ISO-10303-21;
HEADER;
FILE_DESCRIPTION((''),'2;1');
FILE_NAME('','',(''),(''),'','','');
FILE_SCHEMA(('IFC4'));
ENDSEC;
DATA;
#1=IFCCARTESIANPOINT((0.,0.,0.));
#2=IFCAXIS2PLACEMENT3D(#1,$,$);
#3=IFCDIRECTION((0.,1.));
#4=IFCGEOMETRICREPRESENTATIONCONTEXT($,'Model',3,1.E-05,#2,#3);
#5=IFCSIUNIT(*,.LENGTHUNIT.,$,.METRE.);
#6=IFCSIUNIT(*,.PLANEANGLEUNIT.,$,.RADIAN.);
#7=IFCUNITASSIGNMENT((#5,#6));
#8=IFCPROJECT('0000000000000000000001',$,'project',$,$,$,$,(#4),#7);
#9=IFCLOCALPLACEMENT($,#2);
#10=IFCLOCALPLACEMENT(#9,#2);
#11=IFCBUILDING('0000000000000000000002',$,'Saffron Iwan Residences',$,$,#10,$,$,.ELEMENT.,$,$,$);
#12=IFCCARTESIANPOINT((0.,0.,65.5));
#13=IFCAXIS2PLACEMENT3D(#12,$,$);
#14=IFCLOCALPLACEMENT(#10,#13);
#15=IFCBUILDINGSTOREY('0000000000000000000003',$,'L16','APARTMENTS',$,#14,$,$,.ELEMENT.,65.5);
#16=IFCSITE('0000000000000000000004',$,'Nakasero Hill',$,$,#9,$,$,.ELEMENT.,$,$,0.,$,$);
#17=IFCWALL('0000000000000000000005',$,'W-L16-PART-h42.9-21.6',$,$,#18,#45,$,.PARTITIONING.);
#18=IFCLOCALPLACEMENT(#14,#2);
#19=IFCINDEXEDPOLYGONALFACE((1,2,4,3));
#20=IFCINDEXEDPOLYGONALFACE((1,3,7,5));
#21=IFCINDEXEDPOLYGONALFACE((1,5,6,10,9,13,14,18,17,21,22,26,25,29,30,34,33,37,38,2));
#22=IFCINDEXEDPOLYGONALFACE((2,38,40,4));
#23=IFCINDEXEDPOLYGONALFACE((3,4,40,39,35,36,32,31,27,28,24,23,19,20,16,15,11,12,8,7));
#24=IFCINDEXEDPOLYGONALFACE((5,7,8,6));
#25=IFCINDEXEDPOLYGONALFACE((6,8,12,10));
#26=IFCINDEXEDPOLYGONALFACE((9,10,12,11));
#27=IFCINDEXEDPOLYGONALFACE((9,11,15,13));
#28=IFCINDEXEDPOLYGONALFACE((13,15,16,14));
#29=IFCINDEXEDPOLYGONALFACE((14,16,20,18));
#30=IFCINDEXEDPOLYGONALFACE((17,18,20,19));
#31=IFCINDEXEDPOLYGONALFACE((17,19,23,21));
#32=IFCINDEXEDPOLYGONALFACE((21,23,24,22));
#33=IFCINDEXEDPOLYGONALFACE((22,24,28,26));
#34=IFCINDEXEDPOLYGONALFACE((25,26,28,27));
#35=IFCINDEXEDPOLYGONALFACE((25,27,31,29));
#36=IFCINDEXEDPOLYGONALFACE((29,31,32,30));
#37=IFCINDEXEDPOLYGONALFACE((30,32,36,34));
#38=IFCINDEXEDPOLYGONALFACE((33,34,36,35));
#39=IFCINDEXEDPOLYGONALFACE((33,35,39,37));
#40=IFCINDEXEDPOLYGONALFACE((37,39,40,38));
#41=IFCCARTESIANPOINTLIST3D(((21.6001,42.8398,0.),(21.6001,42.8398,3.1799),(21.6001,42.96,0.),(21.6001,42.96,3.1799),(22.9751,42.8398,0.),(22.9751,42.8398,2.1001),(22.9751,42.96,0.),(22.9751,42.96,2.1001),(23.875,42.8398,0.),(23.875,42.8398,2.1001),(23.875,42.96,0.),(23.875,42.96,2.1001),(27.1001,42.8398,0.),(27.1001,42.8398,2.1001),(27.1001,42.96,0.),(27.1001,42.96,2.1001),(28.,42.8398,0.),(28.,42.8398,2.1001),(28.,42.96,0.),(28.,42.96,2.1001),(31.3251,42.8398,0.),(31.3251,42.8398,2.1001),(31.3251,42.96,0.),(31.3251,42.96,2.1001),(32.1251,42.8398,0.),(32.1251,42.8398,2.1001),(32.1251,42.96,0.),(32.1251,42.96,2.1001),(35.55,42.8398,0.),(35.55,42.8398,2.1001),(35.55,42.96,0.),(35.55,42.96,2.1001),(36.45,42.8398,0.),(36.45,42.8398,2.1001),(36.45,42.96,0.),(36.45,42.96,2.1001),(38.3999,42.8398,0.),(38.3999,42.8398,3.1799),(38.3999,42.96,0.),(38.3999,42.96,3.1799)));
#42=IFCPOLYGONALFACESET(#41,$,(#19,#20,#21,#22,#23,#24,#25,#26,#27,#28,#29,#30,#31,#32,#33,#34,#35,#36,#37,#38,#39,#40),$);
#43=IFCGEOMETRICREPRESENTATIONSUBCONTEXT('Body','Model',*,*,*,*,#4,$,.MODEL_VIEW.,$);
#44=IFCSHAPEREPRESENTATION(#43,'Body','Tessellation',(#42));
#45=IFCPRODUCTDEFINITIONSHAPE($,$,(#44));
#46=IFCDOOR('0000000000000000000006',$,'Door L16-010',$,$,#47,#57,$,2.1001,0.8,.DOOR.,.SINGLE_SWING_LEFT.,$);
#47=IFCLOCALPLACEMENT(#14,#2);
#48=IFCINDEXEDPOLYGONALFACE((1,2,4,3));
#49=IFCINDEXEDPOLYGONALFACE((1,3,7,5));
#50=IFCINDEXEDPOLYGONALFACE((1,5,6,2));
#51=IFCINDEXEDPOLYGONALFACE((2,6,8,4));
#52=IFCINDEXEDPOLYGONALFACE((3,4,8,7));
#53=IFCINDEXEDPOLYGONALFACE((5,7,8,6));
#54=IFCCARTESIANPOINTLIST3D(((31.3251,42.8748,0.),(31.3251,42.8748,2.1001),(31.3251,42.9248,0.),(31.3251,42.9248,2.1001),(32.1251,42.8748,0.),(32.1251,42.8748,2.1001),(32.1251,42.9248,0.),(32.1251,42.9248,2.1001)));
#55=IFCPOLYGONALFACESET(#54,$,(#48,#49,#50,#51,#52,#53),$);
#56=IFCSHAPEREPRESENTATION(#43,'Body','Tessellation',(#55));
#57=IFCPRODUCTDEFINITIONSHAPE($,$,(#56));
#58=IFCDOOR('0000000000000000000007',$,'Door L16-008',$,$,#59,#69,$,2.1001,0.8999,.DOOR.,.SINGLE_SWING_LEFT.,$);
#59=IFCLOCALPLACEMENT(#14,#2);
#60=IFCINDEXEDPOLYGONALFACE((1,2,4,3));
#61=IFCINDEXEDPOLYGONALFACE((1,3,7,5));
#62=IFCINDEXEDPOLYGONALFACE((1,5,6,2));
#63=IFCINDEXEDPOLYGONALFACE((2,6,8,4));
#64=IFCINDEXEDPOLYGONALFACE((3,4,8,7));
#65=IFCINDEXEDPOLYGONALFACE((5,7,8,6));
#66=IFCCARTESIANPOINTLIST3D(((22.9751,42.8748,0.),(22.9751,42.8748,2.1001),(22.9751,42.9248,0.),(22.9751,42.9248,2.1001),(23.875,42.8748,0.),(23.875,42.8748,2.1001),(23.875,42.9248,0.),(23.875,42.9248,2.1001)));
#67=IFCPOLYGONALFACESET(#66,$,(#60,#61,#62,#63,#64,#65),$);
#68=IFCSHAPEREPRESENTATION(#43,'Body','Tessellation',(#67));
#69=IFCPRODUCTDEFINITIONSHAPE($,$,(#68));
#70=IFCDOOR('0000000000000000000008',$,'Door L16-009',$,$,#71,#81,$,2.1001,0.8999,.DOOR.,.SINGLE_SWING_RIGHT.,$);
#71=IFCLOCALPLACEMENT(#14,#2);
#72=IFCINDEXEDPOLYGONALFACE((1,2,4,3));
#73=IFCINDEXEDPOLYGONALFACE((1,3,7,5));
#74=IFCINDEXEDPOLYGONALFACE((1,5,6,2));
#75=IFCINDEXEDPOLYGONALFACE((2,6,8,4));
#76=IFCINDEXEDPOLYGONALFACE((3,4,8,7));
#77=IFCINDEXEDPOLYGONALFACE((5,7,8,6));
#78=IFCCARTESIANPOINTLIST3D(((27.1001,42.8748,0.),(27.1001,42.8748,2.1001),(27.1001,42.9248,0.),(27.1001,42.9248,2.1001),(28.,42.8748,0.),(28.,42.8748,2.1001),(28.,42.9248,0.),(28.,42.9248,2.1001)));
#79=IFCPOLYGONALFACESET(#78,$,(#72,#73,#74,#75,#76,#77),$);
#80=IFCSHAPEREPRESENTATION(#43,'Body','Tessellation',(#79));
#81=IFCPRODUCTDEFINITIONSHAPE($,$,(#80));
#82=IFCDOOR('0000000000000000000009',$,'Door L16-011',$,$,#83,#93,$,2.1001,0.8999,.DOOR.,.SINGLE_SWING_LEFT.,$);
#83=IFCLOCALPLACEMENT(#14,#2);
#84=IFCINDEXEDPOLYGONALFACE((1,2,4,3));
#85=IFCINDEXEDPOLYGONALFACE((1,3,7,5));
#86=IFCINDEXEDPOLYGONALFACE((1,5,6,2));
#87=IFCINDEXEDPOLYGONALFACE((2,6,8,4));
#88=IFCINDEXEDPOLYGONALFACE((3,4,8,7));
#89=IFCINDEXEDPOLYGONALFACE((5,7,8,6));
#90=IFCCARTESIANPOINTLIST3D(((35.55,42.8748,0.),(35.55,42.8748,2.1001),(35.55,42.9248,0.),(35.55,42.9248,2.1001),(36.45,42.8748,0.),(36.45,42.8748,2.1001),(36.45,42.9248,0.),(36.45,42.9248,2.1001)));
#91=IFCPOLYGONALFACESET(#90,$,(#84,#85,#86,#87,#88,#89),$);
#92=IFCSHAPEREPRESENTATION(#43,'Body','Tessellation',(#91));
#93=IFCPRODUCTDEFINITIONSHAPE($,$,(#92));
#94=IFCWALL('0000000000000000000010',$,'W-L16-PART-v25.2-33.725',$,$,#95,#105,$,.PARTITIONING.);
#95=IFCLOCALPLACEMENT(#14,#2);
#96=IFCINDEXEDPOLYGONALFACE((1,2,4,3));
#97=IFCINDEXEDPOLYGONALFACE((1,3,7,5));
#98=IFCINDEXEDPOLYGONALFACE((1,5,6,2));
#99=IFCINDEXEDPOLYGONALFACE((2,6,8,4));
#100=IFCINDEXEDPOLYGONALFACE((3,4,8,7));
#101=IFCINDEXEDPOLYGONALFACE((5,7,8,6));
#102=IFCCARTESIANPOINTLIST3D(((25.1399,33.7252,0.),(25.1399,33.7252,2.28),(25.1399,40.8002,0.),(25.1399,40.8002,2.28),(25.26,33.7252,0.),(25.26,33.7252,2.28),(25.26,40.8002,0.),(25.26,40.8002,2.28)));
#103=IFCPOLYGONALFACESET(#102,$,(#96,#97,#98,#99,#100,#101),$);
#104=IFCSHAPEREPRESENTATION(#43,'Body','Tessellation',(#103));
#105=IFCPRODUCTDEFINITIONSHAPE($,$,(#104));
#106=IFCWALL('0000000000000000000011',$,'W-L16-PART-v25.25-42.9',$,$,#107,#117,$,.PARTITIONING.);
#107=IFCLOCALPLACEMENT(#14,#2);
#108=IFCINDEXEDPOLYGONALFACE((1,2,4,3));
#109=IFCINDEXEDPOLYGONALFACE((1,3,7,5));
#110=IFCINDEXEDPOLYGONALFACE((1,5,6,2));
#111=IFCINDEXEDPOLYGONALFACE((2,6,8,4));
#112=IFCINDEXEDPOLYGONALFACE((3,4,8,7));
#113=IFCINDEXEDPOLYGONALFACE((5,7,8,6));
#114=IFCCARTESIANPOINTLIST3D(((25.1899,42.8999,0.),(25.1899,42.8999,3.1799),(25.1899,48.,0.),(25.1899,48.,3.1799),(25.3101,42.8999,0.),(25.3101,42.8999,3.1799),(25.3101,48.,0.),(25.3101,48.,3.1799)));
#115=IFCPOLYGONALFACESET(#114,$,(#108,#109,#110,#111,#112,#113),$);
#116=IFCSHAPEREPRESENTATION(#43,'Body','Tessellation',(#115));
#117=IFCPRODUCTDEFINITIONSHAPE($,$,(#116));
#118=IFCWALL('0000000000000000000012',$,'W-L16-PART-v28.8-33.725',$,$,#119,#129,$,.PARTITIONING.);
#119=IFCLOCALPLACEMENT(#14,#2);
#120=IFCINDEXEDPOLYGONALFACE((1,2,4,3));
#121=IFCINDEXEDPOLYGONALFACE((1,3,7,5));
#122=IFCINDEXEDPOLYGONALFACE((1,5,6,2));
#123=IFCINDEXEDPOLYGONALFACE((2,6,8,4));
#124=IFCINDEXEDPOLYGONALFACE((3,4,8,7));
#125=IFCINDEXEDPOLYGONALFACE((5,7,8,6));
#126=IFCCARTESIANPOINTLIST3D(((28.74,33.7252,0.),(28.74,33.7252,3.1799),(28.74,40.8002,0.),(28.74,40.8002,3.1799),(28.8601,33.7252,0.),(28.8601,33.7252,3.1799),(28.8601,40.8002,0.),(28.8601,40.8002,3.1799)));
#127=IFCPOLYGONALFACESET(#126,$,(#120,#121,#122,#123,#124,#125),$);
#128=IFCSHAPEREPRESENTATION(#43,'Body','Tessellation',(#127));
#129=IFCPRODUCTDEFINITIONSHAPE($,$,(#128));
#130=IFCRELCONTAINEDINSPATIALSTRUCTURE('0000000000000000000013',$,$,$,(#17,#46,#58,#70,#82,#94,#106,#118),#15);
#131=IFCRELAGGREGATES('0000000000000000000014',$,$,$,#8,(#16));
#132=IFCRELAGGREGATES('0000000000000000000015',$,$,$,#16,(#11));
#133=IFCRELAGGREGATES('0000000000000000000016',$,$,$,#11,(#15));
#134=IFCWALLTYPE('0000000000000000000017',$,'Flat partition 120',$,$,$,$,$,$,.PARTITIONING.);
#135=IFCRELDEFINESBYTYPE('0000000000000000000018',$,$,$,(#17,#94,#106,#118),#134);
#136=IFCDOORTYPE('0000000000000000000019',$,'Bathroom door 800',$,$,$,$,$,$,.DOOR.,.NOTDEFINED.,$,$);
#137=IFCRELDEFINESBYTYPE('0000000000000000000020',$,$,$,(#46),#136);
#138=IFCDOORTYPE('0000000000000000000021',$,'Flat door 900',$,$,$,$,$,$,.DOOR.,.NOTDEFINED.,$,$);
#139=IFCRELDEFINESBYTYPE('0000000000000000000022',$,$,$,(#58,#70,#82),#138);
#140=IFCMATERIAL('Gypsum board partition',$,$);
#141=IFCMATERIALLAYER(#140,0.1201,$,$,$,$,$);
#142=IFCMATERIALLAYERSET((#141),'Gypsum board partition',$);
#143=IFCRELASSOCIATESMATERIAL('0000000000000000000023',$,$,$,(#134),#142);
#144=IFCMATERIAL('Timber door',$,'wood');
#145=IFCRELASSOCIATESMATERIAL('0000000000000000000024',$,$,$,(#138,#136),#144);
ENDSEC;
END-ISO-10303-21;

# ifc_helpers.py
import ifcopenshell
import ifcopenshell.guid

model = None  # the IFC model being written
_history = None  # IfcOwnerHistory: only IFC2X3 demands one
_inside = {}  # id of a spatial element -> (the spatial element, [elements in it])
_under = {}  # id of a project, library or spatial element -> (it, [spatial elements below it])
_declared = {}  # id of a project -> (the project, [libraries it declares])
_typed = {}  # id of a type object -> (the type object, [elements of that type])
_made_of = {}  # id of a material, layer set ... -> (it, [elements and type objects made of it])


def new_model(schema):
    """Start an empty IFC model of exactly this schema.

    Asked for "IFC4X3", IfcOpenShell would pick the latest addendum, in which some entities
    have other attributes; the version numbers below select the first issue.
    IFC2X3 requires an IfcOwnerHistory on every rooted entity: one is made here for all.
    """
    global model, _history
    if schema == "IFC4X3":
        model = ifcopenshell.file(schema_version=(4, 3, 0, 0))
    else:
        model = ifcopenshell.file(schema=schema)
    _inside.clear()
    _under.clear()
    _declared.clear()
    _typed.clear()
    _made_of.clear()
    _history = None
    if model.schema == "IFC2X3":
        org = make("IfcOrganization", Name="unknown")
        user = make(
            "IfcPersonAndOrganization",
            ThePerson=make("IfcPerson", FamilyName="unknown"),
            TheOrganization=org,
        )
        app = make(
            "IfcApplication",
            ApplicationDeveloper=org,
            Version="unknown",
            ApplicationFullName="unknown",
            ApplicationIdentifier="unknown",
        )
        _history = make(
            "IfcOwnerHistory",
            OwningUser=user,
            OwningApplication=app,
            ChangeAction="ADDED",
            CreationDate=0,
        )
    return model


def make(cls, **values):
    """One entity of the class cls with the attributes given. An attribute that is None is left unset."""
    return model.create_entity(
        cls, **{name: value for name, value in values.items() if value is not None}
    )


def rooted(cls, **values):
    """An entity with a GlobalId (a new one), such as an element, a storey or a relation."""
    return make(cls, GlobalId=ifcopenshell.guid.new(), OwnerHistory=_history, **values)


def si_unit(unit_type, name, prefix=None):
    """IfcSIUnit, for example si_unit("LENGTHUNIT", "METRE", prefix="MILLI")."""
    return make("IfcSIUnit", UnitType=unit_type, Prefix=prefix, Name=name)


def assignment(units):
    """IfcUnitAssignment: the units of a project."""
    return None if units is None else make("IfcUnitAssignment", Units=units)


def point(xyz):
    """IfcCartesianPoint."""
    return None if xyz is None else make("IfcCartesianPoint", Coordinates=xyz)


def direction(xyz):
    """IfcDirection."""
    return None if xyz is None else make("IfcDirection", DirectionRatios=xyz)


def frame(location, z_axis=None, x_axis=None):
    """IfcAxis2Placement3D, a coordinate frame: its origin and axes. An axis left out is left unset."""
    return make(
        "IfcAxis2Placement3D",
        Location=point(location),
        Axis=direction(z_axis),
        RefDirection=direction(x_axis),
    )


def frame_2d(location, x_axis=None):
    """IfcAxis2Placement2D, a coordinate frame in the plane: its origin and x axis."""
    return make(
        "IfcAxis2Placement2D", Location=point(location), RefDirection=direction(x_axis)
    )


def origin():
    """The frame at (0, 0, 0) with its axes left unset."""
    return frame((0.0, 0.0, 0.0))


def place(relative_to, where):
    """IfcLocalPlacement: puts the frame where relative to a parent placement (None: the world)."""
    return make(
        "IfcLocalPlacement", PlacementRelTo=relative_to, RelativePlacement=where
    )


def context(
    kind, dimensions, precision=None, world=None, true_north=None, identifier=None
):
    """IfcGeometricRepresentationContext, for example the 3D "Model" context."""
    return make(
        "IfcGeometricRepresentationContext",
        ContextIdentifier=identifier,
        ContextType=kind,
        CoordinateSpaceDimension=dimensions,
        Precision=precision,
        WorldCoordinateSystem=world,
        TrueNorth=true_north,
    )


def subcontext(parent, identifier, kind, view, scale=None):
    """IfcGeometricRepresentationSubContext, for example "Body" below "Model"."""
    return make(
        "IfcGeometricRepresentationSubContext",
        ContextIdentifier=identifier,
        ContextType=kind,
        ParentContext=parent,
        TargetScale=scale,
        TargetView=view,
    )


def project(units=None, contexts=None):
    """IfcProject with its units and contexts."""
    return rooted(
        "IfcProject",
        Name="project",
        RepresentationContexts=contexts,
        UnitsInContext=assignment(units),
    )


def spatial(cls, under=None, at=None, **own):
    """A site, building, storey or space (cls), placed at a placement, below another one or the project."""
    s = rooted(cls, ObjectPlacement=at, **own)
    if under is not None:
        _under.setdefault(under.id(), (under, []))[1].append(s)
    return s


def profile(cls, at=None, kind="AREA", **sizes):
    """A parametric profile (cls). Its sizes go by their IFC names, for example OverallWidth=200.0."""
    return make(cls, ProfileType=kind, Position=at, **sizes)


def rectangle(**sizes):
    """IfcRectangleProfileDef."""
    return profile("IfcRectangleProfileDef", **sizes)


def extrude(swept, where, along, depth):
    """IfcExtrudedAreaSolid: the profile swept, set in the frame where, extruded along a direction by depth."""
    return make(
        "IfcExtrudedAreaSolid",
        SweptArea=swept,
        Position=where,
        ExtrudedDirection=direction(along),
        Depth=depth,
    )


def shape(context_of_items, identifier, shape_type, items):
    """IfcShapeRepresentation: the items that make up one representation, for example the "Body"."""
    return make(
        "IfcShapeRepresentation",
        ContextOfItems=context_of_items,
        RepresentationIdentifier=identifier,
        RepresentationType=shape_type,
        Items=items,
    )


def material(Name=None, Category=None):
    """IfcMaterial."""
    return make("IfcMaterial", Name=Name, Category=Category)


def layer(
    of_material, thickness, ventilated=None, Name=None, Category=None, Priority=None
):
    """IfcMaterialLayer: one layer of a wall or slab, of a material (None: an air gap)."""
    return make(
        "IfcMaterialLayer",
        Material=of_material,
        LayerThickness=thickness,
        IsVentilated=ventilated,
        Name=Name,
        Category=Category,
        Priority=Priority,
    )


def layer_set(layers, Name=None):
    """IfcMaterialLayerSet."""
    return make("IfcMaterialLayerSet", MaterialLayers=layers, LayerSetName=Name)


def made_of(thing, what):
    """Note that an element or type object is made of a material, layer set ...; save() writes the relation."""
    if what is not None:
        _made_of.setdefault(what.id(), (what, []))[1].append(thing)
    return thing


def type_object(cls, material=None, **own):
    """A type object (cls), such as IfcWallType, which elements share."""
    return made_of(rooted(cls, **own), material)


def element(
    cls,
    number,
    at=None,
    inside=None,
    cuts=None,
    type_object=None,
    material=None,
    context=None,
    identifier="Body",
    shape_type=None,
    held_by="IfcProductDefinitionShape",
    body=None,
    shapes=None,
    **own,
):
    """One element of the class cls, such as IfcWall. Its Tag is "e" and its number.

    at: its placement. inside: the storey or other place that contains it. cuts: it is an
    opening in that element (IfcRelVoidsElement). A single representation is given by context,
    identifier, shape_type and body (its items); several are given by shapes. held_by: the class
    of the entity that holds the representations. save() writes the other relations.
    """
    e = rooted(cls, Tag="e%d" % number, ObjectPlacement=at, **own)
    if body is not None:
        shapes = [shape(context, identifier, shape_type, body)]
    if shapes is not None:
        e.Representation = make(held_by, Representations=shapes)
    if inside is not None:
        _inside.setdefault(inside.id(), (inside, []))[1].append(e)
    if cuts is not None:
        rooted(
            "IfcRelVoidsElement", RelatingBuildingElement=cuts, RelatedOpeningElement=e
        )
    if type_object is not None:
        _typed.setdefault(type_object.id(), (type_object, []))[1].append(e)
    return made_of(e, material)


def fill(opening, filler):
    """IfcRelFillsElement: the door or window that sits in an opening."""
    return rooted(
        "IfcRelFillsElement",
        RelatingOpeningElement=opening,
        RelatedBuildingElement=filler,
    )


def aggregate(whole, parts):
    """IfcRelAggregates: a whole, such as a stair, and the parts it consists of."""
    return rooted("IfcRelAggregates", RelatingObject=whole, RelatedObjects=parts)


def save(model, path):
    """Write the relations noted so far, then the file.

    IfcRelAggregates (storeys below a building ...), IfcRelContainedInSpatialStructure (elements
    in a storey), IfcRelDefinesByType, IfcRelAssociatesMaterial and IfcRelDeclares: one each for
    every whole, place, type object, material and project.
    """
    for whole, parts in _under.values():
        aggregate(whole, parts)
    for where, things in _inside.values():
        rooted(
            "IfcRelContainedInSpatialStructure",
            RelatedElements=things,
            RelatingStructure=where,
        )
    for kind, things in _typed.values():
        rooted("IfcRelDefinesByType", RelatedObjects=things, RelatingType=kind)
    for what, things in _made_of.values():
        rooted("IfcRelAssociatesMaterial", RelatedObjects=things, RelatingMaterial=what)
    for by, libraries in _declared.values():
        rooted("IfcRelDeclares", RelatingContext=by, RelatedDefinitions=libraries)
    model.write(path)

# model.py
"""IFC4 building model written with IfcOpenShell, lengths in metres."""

from ifc_helpers import new_model, si_unit, direction, frame, frame_2d, origin, place, context, subcontext, project, spatial, rectangle, extrude, material, layer, layer_set, type_object, element, fill, save


model = new_model("IFC4")

# Units and contexts
model_context = context("Model", 3, precision=1e-05, world=origin(), true_north=direction((0.0, 1.0)))
body_context = subcontext(model_context, "Body", "Model", "MODEL_VIEW")
ifc_project = project(units=[si_unit("LENGTHUNIT", "METRE"), si_unit("PLANEANGLEUNIT", "RADIAN")], contexts=[model_context])

# Site, building, storey
site_placement = place(None, origin())
site = spatial("IfcSite", under=ifc_project, at=site_placement, Name="Nakasero Hill", CompositionType="ELEMENT", RefElevation=0.0)
building_placement = place(site_placement, origin())
building = spatial("IfcBuilding", under=site, at=building_placement, Name="Saffron Iwan Residences", CompositionType="ELEMENT")
storey_placement = place(building_placement, frame((0.0, 0.0, 65.5)))
storey = spatial("IfcBuildingStorey", under=building, at=storey_placement, Name="L16", Description="APARTMENTS", CompositionType="ELEMENT", Elevation=65.5)

# Wall, openings, doors
ifc_material_1 = material(Name="Gypsum board partition")
ifc_layer_1 = layer(ifc_material_1, 0.1201)
ifc_layer_set_1 = layer_set([ifc_layer_1], Name="Gypsum board partition")
wall_type_1 = type_object("IfcWallType", Name="Flat partition 120", PredefinedType="PARTITIONING", material=ifc_layer_set_1)
ifc_material_2 = material(Name="Timber door", Category="wood")
door_type_1 = type_object("IfcDoorType", Name="Flat door 900", OperationType="NOTDEFINED", PredefinedType="DOOR", material=ifc_material_2)
wall_1_placement = place(storey_placement, frame((21.6001, 42.8999, 0.0), z_axis=(0.0, 0.0, 1.0), x_axis=(1.0, 0.0, 0.0)))
wall_1 = element("IfcWall", 1, at=wall_1_placement, inside=storey, type_object=wall_type_1, Name="W-L16-PART-h42.9-21.6", PredefinedType="PARTITIONING", context=body_context, shape_type="SweptSolid", body=[
    extrude(rectangle(XDim=16.7998, YDim=0.1201, at=frame_2d((8.3999, 0.0))), origin(), (0.0, 0.0, 1.0), 3.1799),
])
opening_1_placement = place(wall_1_placement, frame((1.375, 0.0, 0.0)))
opening_1 = element("IfcOpeningElement", 2, at=opening_1_placement, cuts=wall_1, PredefinedType="OPENING", context=body_context, shape_type="SweptSolid", body=[
    extrude(rectangle(XDim=0.8999, YDim=2.1001, at=frame_2d((0.45, 1.05))), frame((0.0, 0.0701, 0.0), z_axis=(0.0, -1.0, 0.0), x_axis=(1.0, 0.0, 0.0)), (0.0, 0.0, 1.0), 0.1401),
])
opening_2_placement = place(wall_1_placement, frame((5.5, 0.0, 0.0)))
opening_2 = element("IfcOpeningElement", 3, at=opening_2_placement, cuts=wall_1, PredefinedType="OPENING", context=body_context, shape_type="SweptSolid", body=[
    extrude(rectangle(XDim=0.8999, YDim=2.1001, at=frame_2d((0.45, 1.05))), frame((0.0, 0.0701, 0.0), z_axis=(0.0, -1.0, 0.0), x_axis=(1.0, 0.0, 0.0)), (0.0, 0.0, 1.0), 0.1401),
])
opening_3_placement = place(wall_1_placement, frame((9.7251, 0.0, 0.0)))
opening_3 = element("IfcOpeningElement", 4, at=opening_3_placement, cuts=wall_1, PredefinedType="OPENING", context=body_context, shape_type="SweptSolid", body=[
    extrude(rectangle(XDim=0.8, YDim=2.1001, at=frame_2d((0.3999, 1.05))), frame((0.0, 0.0701, 0.0), z_axis=(0.0, -1.0, 0.0), x_axis=(1.0, 0.0, 0.0)), (0.0, 0.0, 1.0), 0.1401),
])
opening_4_placement = place(wall_1_placement, frame((13.95, 0.0, 0.0)))
opening_4 = element("IfcOpeningElement", 5, at=opening_4_placement, cuts=wall_1, PredefinedType="OPENING", context=body_context, shape_type="SweptSolid", body=[
    extrude(rectangle(XDim=0.8999, YDim=2.1001, at=frame_2d((0.45, 1.05))), frame((0.0, 0.0701, 0.0), z_axis=(0.0, -1.0, 0.0), x_axis=(1.0, 0.0, 0.0)), (0.0, 0.0, 1.0), 0.1401),
])
door_type_2 = type_object("IfcDoorType", Name="Bathroom door 800", OperationType="NOTDEFINED", PredefinedType="DOOR", material=ifc_material_2)
door_1_placement = place(opening_3_placement, origin())
door_1 = element("IfcDoor", 6, at=door_1_placement, inside=storey, type_object=door_type_2, Name="Door L16-010", OperationType="SINGLE_SWING_LEFT", OverallHeight=2.1001, OverallWidth=0.8, PredefinedType="DOOR", context=body_context, shape_type="SweptSolid", body=[
    extrude(rectangle(XDim=0.8, YDim=2.1001, at=frame_2d((0.3999, 1.05))), frame((0.0, 0.0249, 0.0), z_axis=(0.0, -1.0, 0.0), x_axis=(1.0, 0.0, 0.0)), (0.0, 0.0, 1.0), 0.05),
])
fill(opening_3, door_1)
door_2_placement = place(opening_1_placement, origin())
door_2 = element("IfcDoor", 7, at=door_2_placement, inside=storey, type_object=door_type_1, Name="Door L16-008", OperationType="SINGLE_SWING_LEFT", OverallHeight=2.1001, OverallWidth=0.8999, PredefinedType="DOOR", context=body_context, shape_type="SweptSolid", body=[
    extrude(rectangle(XDim=0.8999, YDim=2.1001, at=frame_2d((0.45, 1.05))), frame((0.0, 0.0249, 0.0), z_axis=(0.0, -1.0, 0.0), x_axis=(1.0, 0.0, 0.0)), (0.0, 0.0, 1.0), 0.05),
])
fill(opening_1, door_2)
door_3_placement = place(opening_2_placement, origin())
door_3 = element("IfcDoor", 8, at=door_3_placement, inside=storey, type_object=door_type_1, Name="Door L16-009", OperationType="SINGLE_SWING_RIGHT", OverallHeight=2.1001, OverallWidth=0.8999, PredefinedType="DOOR", context=body_context, shape_type="SweptSolid", body=[
    extrude(rectangle(XDim=0.8999, YDim=2.1001, at=frame_2d((0.45, 1.05))), frame((0.0, 0.0249, 0.0), z_axis=(0.0, -1.0, 0.0), x_axis=(1.0, 0.0, 0.0)), (0.0, 0.0, 1.0), 0.05),
])
fill(opening_2, door_3)
door_4_placement = place(opening_4_placement, origin())
door_4 = element("IfcDoor", 9, at=door_4_placement, inside=storey, type_object=door_type_1, Name="Door L16-011", OperationType="SINGLE_SWING_LEFT", OverallHeight=2.1001, OverallWidth=0.8999, PredefinedType="DOOR", context=body_context, shape_type="SweptSolid", body=[
    extrude(rectangle(XDim=0.8999, YDim=2.1001, at=frame_2d((0.45, 1.05))), frame((0.0, 0.0249, 0.0), z_axis=(0.0, -1.0, 0.0), x_axis=(1.0, 0.0, 0.0)), (0.0, 0.0, 1.0), 0.05),
])
fill(opening_4, door_4)

# Walls
wall_2_placement = place(storey_placement, frame((25.2, 33.7251, 0.0), z_axis=(0.0, 0.0, 1.0), x_axis=(0.0, 1.0, 0.0)))
element("IfcWall", 10, at=wall_2_placement, inside=storey, type_object=wall_type_1, Name="W-L16-PART-v25.2-33.725", PredefinedType="PARTITIONING", context=body_context, shape_type="SweptSolid", body=[
    extrude(rectangle(XDim=7.075, YDim=0.1201, at=frame_2d((3.5376, 0.0))), origin(), (0.0, 0.0, 1.0), 2.28),
])
wall_3_placement = place(storey_placement, frame((25.25, 42.8999, 0.0), z_axis=(0.0, 0.0, 1.0), x_axis=(0.0, 1.0, 0.0)))
element("IfcWall", 11, at=wall_3_placement, inside=storey, type_object=wall_type_1, Name="W-L16-PART-v25.25-42.9", PredefinedType="PARTITIONING", context=body_context, shape_type="SweptSolid", body=[
    extrude(rectangle(XDim=5.1001, YDim=0.1201, at=frame_2d((2.55, 0.0))), origin(), (0.0, 0.0, 1.0), 3.1799),
])
wall_4_placement = place(storey_placement, frame((28.8, 33.7251, 0.0), z_axis=(0.0, 0.0, 1.0), x_axis=(0.0, 1.0, 0.0)))
element("IfcWall", 12, at=wall_4_placement, inside=storey, type_object=wall_type_1, Name="W-L16-PART-v28.8-33.725", PredefinedType="PARTITIONING", context=body_context, shape_type="SweptSolid", body=[
    extrude(rectangle(XDim=7.075, YDim=0.1201, at=frame_2d((3.5376, 0.0))), origin(), (0.0, 0.0, 1.0), 3.1799),
])

save(model, "model.ifc")
